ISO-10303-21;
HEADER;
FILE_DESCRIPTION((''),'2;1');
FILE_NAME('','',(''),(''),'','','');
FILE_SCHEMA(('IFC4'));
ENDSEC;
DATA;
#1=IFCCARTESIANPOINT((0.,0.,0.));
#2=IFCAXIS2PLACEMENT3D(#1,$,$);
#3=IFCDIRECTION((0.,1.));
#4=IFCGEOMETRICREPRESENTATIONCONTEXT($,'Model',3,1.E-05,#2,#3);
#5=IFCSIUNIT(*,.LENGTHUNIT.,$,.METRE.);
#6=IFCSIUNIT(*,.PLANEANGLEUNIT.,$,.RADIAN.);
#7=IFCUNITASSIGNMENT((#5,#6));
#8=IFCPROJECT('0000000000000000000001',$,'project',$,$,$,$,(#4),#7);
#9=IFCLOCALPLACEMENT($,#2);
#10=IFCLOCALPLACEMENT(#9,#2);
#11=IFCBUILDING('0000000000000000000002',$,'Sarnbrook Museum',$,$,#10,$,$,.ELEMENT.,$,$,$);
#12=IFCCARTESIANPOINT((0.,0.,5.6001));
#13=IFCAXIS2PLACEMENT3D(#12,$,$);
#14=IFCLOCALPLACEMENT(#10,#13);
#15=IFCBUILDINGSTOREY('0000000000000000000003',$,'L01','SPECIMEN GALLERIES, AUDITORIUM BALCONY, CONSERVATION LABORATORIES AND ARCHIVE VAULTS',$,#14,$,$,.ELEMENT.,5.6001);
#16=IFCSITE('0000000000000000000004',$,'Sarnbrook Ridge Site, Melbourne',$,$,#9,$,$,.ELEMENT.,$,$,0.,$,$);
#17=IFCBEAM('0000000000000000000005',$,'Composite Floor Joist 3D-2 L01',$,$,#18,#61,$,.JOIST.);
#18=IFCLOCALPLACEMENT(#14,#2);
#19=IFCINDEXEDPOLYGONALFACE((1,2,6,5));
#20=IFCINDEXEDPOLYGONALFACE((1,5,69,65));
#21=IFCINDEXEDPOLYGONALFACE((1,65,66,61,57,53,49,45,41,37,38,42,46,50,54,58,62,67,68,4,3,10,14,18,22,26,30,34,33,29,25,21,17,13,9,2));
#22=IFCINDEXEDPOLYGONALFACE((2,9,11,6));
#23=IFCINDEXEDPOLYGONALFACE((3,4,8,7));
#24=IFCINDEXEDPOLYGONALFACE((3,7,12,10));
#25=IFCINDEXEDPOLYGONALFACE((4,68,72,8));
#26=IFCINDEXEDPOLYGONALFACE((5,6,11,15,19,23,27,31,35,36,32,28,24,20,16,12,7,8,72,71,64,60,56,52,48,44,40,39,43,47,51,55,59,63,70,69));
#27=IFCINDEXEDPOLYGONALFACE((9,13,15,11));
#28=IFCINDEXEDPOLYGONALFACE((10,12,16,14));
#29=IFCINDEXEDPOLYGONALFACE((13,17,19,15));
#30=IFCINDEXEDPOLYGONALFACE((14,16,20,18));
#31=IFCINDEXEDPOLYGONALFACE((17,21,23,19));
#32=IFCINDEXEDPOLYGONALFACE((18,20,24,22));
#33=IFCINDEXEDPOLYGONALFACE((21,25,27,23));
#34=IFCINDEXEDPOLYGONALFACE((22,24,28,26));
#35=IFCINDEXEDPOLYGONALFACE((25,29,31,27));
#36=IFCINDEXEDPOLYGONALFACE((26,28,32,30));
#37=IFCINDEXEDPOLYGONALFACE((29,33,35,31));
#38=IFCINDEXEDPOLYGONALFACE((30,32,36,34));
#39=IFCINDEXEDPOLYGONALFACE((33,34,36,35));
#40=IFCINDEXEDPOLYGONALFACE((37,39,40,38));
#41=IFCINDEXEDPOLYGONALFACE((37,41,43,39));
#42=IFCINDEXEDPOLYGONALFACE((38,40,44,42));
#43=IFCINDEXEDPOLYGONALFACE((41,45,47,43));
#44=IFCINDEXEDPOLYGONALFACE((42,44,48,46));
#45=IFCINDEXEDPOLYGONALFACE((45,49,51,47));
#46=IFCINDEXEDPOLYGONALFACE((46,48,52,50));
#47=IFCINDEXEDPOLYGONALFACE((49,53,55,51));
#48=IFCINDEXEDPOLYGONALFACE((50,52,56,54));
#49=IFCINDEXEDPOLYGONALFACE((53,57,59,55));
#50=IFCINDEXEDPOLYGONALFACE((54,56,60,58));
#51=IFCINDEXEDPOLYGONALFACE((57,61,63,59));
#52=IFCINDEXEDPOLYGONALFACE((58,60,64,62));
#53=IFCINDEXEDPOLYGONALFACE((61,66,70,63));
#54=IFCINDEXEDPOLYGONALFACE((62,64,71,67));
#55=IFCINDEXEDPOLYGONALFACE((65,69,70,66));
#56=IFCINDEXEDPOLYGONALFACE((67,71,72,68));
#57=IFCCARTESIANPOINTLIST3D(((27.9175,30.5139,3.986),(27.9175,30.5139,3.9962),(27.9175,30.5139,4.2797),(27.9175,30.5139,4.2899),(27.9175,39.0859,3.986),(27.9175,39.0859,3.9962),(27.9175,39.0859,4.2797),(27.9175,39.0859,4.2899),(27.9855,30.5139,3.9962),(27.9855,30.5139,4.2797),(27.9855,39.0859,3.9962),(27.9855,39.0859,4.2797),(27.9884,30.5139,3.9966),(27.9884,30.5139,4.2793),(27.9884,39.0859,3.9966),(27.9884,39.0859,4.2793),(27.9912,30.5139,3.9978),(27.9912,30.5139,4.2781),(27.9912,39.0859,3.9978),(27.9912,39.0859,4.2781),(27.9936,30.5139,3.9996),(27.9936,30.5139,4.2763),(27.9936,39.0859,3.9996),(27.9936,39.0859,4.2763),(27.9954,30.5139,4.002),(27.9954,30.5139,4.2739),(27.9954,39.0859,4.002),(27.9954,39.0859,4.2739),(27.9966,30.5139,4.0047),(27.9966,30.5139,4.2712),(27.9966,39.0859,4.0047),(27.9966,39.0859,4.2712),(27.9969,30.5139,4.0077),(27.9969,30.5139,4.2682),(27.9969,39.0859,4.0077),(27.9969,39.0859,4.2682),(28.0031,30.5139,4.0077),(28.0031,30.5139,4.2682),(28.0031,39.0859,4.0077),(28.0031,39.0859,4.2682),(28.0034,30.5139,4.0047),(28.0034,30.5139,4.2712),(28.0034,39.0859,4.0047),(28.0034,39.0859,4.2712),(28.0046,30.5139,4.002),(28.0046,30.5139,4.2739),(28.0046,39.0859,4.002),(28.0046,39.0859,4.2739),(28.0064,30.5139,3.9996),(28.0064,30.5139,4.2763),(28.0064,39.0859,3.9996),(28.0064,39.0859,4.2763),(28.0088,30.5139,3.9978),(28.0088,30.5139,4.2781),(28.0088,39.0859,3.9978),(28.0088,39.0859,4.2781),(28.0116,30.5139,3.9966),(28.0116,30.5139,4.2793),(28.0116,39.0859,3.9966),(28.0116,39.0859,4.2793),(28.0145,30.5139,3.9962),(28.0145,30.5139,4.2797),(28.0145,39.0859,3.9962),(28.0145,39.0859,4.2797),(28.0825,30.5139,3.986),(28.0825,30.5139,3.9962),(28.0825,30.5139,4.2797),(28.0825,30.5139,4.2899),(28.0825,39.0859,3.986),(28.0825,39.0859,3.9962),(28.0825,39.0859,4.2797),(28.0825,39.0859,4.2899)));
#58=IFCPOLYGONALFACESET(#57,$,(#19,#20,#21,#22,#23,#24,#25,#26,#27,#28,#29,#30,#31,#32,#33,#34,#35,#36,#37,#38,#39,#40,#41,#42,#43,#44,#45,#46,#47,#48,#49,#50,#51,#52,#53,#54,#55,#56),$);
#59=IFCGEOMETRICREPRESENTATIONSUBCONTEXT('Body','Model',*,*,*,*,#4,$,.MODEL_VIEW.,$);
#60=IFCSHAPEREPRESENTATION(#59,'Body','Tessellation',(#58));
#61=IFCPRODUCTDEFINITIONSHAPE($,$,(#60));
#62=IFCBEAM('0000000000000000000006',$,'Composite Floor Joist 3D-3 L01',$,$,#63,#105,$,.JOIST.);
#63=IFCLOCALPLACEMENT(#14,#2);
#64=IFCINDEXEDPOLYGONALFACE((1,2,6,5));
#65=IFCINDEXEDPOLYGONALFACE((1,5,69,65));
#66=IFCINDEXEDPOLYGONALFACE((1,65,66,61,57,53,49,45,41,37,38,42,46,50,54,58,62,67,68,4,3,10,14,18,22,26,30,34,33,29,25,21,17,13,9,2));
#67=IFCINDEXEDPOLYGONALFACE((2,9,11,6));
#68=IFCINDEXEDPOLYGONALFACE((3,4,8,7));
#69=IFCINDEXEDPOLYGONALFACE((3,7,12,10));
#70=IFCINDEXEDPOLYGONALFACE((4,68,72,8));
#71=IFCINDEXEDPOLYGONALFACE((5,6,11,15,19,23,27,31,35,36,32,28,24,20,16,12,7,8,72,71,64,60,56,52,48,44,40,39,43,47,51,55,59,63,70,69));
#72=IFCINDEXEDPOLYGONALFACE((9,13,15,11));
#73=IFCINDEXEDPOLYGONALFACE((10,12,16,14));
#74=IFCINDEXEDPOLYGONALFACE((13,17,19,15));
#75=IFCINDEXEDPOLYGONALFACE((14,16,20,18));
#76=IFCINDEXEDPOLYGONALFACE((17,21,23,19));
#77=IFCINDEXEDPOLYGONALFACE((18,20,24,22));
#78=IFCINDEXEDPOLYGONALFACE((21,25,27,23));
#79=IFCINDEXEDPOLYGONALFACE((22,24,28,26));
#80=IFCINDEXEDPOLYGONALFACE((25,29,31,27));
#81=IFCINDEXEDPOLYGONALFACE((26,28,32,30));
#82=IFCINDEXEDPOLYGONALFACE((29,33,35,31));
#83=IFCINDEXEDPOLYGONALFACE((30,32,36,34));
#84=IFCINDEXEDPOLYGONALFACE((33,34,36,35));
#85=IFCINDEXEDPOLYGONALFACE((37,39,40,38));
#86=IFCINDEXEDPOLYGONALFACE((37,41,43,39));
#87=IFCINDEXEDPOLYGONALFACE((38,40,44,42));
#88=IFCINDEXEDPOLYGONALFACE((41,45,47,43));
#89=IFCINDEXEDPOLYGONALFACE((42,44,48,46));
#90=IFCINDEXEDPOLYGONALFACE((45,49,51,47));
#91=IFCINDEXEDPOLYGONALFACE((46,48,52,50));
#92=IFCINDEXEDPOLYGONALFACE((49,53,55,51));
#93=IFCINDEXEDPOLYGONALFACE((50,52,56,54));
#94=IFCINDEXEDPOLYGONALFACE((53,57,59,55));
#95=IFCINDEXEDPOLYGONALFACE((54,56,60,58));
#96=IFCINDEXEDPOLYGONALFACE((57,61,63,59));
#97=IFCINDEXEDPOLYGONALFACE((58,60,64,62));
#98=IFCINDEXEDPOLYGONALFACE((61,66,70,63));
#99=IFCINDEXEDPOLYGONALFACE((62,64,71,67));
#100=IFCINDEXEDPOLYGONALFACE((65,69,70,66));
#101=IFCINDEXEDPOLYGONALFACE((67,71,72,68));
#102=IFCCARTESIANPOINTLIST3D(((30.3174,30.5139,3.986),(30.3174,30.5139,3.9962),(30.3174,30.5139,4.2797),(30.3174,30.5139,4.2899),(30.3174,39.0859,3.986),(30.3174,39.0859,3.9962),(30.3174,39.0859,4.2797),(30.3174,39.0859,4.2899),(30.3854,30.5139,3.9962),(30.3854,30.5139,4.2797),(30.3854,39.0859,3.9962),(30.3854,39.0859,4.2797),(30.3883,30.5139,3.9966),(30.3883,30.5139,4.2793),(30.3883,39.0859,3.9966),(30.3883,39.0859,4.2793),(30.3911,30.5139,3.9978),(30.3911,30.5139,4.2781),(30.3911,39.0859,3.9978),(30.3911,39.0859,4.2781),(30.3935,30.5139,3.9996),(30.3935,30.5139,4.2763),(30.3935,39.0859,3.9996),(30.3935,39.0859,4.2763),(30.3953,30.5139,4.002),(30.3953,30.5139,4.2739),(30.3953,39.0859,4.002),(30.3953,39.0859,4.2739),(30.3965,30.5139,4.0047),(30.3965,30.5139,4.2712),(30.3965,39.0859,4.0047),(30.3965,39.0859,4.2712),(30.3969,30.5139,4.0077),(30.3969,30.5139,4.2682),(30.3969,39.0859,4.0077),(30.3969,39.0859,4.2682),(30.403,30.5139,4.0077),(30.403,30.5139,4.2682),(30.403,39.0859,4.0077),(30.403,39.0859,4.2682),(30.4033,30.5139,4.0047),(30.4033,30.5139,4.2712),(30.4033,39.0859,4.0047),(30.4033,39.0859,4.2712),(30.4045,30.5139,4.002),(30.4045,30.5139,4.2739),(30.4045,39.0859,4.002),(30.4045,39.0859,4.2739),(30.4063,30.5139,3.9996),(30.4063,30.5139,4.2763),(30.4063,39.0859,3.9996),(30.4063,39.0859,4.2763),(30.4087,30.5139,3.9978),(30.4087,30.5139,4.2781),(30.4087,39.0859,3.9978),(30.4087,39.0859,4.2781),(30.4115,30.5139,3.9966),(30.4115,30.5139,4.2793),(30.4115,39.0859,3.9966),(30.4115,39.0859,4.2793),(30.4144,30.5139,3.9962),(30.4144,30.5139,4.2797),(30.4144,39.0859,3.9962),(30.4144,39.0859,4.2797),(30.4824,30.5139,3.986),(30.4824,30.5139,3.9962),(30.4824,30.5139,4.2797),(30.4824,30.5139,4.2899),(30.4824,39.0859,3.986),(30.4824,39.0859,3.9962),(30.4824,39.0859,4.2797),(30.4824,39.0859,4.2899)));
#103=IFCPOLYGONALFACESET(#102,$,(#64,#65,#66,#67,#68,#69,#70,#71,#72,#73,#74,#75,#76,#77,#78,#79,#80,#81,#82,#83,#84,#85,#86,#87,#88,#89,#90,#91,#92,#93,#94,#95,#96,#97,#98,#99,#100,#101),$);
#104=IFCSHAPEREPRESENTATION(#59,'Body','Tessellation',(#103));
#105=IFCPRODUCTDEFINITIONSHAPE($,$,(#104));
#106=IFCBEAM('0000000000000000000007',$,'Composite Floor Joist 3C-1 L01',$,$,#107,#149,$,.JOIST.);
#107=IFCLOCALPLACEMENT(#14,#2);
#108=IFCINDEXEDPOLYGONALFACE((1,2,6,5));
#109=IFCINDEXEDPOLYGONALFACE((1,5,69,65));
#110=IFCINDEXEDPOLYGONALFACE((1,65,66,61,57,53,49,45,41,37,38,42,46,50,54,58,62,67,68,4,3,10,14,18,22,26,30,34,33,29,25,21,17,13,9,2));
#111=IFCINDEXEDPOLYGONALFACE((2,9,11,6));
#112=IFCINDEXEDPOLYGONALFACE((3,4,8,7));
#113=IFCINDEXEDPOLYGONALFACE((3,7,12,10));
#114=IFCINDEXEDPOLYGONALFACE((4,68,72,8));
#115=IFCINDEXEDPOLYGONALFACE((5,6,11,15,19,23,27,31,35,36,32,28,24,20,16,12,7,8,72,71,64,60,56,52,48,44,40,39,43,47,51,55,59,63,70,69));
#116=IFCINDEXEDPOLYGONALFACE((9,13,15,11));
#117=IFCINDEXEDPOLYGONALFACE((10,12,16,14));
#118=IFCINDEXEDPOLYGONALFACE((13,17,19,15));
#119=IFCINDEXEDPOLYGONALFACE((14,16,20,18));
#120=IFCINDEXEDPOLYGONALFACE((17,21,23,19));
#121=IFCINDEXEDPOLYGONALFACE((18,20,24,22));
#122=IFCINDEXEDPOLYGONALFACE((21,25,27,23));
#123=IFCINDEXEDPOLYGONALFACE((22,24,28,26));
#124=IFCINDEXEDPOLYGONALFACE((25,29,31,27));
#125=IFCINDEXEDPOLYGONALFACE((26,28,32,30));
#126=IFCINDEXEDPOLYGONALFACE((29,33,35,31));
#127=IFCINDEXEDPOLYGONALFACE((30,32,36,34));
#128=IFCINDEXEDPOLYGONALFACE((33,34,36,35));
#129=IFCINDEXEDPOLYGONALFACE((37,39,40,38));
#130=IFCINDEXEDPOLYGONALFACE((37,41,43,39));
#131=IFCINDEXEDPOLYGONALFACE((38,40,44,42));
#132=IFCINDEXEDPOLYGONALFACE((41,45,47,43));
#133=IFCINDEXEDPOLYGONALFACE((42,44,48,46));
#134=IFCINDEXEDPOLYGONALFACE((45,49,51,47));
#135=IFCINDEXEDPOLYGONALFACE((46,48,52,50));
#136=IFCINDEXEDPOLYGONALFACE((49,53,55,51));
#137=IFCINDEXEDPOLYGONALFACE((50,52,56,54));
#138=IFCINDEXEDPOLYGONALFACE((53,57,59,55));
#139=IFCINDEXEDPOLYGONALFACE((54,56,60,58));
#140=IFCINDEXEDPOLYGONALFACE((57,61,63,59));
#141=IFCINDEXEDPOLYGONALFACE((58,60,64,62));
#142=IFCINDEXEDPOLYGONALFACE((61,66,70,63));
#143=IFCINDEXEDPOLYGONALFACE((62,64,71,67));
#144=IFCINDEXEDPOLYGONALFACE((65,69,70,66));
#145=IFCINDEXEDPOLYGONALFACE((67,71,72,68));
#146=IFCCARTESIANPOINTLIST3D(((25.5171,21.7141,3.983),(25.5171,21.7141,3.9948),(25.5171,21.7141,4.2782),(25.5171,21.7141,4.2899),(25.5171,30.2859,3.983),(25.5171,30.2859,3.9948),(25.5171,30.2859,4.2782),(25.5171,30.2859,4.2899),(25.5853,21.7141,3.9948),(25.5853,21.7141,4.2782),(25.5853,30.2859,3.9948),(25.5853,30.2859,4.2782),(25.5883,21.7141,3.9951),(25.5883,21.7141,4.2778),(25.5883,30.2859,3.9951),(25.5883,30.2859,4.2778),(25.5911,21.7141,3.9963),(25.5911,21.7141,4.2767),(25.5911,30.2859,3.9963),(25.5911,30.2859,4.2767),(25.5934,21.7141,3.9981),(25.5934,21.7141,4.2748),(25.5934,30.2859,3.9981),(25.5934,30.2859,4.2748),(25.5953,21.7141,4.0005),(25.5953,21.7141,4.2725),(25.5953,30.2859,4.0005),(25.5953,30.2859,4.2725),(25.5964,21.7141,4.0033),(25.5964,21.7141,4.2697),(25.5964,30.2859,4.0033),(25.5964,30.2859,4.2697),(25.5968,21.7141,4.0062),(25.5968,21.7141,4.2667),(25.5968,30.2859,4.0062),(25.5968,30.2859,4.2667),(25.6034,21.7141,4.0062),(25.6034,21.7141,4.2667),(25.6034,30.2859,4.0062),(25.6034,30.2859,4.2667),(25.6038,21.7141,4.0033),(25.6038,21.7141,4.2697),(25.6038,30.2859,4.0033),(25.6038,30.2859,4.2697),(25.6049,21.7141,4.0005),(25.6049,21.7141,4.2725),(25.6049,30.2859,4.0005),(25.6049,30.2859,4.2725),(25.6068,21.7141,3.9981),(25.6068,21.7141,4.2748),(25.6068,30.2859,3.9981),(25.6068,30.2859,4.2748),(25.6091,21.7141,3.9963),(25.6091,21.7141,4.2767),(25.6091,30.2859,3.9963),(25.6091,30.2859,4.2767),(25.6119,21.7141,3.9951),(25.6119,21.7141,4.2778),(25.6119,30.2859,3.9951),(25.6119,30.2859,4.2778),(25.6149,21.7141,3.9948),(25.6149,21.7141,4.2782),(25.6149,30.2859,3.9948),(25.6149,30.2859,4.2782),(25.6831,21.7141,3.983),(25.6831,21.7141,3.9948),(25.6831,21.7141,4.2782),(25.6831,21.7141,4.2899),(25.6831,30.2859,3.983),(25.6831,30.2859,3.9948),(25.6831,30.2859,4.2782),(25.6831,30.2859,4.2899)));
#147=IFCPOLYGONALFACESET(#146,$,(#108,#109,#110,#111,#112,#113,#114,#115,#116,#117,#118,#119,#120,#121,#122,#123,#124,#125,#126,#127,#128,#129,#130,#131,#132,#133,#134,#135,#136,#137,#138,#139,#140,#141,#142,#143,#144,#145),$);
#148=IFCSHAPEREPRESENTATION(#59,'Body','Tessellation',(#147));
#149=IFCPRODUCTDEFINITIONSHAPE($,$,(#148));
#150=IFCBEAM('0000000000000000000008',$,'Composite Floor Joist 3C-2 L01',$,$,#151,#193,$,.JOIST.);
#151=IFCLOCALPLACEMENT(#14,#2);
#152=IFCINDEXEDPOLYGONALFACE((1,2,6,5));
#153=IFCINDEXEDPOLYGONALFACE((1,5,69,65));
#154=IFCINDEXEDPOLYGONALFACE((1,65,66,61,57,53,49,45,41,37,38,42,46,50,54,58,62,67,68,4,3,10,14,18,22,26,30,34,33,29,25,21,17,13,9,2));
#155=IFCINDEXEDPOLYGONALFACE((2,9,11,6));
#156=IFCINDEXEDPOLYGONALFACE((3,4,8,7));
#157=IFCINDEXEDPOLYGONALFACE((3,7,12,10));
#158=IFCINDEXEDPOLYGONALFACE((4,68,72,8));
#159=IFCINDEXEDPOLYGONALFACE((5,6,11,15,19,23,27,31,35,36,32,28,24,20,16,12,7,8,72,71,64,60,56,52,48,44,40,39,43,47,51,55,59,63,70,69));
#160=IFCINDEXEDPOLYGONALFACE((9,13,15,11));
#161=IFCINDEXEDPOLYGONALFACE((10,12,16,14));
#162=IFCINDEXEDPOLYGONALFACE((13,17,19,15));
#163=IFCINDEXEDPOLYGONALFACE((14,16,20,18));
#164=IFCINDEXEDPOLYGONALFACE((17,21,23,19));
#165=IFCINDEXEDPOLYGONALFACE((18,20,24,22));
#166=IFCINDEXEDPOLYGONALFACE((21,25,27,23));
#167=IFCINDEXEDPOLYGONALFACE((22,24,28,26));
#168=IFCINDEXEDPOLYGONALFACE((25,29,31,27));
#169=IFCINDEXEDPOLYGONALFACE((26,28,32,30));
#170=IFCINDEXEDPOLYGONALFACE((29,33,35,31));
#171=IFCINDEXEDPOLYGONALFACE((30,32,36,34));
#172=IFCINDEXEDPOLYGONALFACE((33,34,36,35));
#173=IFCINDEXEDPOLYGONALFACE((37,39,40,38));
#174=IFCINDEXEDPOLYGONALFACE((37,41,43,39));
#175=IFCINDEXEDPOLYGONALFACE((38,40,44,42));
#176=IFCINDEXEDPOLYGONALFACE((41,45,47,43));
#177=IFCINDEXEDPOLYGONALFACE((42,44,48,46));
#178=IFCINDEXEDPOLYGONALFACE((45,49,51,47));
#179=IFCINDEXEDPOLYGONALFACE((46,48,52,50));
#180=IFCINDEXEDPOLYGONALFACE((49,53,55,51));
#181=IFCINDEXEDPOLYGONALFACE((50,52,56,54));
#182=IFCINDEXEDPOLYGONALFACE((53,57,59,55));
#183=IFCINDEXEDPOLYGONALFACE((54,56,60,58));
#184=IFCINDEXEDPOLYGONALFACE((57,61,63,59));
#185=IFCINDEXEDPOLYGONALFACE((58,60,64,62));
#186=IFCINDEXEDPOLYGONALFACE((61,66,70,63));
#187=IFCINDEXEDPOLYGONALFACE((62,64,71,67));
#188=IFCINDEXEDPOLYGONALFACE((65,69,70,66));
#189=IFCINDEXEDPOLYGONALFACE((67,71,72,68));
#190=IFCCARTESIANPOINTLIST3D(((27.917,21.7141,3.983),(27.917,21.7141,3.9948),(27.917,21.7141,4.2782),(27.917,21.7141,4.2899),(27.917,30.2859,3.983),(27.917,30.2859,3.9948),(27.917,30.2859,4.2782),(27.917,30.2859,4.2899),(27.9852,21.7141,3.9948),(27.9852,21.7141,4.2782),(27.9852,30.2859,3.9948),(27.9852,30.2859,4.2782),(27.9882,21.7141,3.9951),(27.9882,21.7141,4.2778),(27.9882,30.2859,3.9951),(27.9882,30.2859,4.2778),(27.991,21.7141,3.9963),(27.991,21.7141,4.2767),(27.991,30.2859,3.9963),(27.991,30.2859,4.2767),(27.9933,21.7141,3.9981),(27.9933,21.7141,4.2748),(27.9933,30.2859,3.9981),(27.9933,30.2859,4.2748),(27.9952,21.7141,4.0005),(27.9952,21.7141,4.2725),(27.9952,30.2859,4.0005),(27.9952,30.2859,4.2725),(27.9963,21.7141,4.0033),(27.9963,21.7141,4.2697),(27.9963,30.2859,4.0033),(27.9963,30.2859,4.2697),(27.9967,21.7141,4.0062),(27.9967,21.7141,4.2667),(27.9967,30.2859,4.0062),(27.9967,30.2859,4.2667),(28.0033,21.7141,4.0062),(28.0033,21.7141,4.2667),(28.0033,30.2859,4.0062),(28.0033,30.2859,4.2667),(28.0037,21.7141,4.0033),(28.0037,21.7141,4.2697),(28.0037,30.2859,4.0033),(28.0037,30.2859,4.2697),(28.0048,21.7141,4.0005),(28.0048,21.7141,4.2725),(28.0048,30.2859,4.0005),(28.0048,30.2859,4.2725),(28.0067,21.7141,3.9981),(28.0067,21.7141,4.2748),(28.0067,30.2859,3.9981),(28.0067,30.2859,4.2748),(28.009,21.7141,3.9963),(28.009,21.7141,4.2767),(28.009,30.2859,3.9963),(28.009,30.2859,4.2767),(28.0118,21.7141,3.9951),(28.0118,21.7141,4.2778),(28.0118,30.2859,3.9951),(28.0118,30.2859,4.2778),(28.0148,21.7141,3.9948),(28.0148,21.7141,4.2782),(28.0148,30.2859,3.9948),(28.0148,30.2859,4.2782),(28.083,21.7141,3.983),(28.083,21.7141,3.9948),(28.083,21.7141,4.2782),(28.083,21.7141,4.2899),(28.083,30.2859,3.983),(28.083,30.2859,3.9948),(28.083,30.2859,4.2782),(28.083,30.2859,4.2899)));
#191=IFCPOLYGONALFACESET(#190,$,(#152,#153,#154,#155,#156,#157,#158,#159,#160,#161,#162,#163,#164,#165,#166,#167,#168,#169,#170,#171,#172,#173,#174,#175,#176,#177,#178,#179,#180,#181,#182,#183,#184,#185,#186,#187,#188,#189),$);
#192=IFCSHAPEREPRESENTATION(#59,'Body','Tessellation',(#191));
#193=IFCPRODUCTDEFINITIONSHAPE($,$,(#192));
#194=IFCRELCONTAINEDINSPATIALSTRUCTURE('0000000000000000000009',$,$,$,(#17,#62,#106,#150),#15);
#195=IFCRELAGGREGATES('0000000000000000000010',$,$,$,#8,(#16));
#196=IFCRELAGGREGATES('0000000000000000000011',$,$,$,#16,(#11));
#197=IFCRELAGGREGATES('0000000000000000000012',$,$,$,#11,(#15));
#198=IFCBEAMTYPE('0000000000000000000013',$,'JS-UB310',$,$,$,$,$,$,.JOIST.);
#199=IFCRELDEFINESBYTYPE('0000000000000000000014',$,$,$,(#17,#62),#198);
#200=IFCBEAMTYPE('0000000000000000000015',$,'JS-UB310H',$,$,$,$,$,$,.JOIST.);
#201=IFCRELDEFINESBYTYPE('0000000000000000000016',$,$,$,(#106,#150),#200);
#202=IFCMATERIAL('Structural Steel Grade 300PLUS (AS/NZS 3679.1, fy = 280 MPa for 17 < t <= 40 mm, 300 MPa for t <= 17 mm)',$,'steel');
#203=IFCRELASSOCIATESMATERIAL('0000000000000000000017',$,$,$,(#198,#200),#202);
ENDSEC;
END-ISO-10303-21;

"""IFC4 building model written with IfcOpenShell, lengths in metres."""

from ifc_helpers import new_model, si_unit, direction, frame, origin, origin_2d, place, context, subcontext, project, spatial, i_section, extrude, material, material_profile, profile_set, type_object, element, save


model = new_model("IFC4")

# Units and contexts
model_context = context("Model", 3, precision=1e-05, world=origin(), true_north=direction((0.0, 1.0)))
body_context = subcontext(model_context, "Body", "Model", "MODEL_VIEW")
ifc_project = project(units=[si_unit("LENGTHUNIT", "METRE"), si_unit("PLANEANGLEUNIT", "RADIAN")], contexts=[model_context])

# Site, building, storey
site_placement = place(None, origin())
site = spatial("IfcSite", under=ifc_project, at=site_placement, Name="Sarnbrook Ridge Site, Melbourne", CompositionType="ELEMENT", RefElevation=0.0)
building_placement = place(site_placement, origin())
building = spatial("IfcBuilding", under=site, at=building_placement, Name="Sarnbrook Museum", CompositionType="ELEMENT")
storey_placement = place(building_placement, frame((0.0, 0.0, 5.6001)))
storey = spatial("IfcBuildingStorey", under=building, at=storey_placement, Name="L01", Description="SPECIMEN GALLERIES, AUDITORIUM BALCONY, CONSERVATION LABORATORIES AND ARCHIVE VAULTS", CompositionType="ELEMENT", Elevation=5.6001)

# Shared definitions
ifc_material_1 = material(Name="Structural Steel Grade 300PLUS (AS/NZS 3679.1, fy = 280 MPa for 17 < t <= 40 mm, 300 MPa for t <= 17 mm)", Category="steel")

# Beams
ifc_material_profile_1 = material_profile(ifc_material_1, i_section(OverallWidth=0.165, OverallDepth=0.304, WebThickness=0.0061, FlangeThickness=0.0103, FilletRadius=0.0115, at=origin_2d()), Name="310UB40.4")
ifc_profile_set_1 = profile_set([ifc_material_profile_1], Name="Structural Steel Grade 300PLUS (AS/NZS 3679.1, fy = 280 MPa for 17 < t <= 40 mm, 300 MPa for t <= 17 mm)")
beam_type_1 = type_object("IfcBeamType", Name="JS-UB310", PredefinedType="JOIST", material=ifc_profile_set_1)
for number, where, z_axis, x_axis, name in (
    (1, (28.0, 30.5139, 4.1379), (0.0, 1.0, 0.0), (-1.0, 0.0, 0.0), "Composite Floor Joist 3D-2 L01"),
    (2, (30.3999, 30.5139, 4.1379), (0.0, 1.0, 0.0), (-1.0, 0.0, 0.0), "Composite Floor Joist 3D-3 L01"),
):
    element("IfcBeam", number, at=place(storey_placement, frame(where, z_axis=z_axis, x_axis=x_axis)), inside=storey, type_object=beam_type_1, Name=name, PredefinedType="JOIST", context=body_context, shape_type="SweptSolid", body=[
        extrude(i_section(OverallWidth=0.165, OverallDepth=0.304, WebThickness=0.0061, FlangeThickness=0.0103, FilletRadius=0.0115, at=origin_2d()), origin(), (0.0, 0.0, 1.0), 8.572),
    ])
ifc_material_profile_2 = material_profile(ifc_material_1, i_section(OverallWidth=0.166, OverallDepth=0.3069, WebThickness=0.0066, FlangeThickness=0.0117, FilletRadius=0.0115, at=origin_2d()), Name="310UB46.2")
ifc_profile_set_2 = profile_set([ifc_material_profile_2], Name="Structural Steel Grade 300PLUS (AS/NZS 3679.1, fy = 280 MPa for 17 < t <= 40 mm, 300 MPa for t <= 17 mm)")
beam_type_2 = type_object("IfcBeamType", Name="JS-UB310H", PredefinedType="JOIST", material=ifc_profile_set_2)
for number, where, z_axis, x_axis, name in (
    (3, (25.6001, 21.7141, 4.1365), (0.0, 1.0, 0.0), (-1.0, 0.0, 0.0), "Composite Floor Joist 3C-1 L01"),
    (4, (28.0, 21.7141, 4.1365), (0.0, 1.0, 0.0), (-1.0, 0.0, 0.0), "Composite Floor Joist 3C-2 L01"),
):
    element("IfcBeam", number, at=place(storey_placement, frame(where, z_axis=z_axis, x_axis=x_axis)), inside=storey, type_object=beam_type_2, Name=name, PredefinedType="JOIST", context=body_context, shape_type="SweptSolid", body=[
        extrude(i_section(OverallWidth=0.166, OverallDepth=0.3069, WebThickness=0.0066, FlangeThickness=0.0117, FilletRadius=0.0115, at=origin_2d()), origin(), (0.0, 0.0, 1.0), 8.5718),
    ])

save(model, "model.ifc")
